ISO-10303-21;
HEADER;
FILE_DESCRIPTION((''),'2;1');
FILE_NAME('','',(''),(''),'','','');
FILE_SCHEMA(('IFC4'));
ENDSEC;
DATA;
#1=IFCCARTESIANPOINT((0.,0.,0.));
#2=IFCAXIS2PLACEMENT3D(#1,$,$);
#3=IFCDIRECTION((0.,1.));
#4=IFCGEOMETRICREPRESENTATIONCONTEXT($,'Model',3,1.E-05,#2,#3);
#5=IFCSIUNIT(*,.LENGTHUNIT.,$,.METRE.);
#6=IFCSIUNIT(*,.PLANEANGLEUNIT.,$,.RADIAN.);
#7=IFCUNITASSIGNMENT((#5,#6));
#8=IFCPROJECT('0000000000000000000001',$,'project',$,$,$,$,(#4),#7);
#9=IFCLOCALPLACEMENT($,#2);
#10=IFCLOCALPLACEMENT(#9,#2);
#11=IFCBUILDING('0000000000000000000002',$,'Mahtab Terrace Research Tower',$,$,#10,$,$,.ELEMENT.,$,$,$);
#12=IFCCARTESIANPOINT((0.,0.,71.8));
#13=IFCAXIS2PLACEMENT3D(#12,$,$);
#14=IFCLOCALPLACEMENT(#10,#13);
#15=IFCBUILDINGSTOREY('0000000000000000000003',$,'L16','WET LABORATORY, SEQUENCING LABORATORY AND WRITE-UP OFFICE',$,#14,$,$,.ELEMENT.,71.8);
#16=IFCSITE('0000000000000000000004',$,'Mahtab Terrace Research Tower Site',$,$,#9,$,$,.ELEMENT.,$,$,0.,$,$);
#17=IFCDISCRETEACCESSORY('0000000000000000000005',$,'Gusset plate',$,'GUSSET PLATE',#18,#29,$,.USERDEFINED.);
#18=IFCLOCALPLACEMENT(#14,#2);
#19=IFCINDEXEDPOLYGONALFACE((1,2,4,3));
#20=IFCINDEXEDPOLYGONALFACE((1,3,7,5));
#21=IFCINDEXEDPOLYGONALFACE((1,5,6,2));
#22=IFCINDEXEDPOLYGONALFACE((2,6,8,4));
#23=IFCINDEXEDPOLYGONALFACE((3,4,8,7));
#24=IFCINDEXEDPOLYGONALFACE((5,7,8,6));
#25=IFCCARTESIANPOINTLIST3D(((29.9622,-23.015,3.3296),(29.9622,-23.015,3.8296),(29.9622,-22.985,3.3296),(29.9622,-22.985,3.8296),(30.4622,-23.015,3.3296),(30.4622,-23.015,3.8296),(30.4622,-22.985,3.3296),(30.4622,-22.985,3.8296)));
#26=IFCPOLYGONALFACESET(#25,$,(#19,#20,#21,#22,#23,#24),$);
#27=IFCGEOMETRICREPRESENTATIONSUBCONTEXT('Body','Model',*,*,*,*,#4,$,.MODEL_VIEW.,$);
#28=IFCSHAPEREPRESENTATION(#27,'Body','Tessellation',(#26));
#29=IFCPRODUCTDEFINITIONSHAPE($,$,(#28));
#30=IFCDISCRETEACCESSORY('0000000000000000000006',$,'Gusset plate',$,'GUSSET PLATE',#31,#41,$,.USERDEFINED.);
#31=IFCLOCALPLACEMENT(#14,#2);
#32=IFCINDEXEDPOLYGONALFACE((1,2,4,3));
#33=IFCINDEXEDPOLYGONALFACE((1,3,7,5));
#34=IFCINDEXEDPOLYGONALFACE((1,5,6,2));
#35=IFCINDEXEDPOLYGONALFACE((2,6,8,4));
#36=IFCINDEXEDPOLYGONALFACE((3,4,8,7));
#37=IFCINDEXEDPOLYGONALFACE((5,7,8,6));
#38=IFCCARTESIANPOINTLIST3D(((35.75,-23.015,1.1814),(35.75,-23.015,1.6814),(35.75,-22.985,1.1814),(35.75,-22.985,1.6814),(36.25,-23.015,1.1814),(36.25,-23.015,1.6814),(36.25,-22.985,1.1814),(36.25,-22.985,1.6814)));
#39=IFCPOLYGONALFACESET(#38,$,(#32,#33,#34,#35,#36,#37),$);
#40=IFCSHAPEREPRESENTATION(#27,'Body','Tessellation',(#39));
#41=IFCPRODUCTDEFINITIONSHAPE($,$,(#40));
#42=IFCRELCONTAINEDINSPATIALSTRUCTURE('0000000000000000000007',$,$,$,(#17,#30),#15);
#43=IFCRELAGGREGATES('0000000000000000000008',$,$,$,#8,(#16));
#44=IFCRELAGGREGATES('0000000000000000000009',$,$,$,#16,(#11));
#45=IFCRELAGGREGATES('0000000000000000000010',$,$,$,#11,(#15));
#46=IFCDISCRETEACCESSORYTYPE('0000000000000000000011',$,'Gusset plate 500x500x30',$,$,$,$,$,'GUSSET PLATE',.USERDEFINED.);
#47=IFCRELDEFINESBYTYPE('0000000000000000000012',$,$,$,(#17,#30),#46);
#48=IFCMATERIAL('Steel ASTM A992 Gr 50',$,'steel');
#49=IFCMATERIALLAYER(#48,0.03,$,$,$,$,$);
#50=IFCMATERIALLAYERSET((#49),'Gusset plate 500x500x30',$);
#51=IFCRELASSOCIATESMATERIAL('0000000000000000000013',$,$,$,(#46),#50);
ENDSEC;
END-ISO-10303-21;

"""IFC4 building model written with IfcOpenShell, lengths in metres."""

from ifc_helpers import new_model, si_unit, direction, frame, origin, origin_2d, place, context, subcontext, project, spatial, rectangle, extrude, material, layer, layer_set, type_object, element, save


model = new_model("IFC4")

# Units and contexts
model_context = context("Model", 3, precision=1e-05, world=origin(), true_north=direction((0.0, 1.0)))
body_context = subcontext(model_context, "Body", "Model", "MODEL_VIEW")
ifc_project = project(units=[si_unit("LENGTHUNIT", "METRE"), si_unit("PLANEANGLEUNIT", "RADIAN")], contexts=[model_context])

# Site, building, storey
site_placement = place(None, origin())
site = spatial("IfcSite", under=ifc_project, at=site_placement, Name="Mahtab Terrace Research Tower Site", CompositionType="ELEMENT", RefElevation=0.0)
building_placement = place(site_placement, origin())
building = spatial("IfcBuilding", under=site, at=building_placement, Name="Mahtab Terrace Research Tower", CompositionType="ELEMENT")
storey_placement = place(building_placement, frame((0.0, 0.0, 71.8)))
storey = spatial("IfcBuildingStorey", under=building, at=storey_placement, Name="L16", Description="WET LABORATORY, SEQUENCING LABORATORY AND WRITE-UP OFFICE", CompositionType="ELEMENT", Elevation=71.8)

# Shared definitions
ifc_material_1 = material(Name="Steel ASTM A992 Gr 50", Category="steel")

# Discrete accessories
ifc_layer_1 = layer(ifc_material_1, 0.03)
ifc_layer_set_1 = layer_set([ifc_layer_1], Name="Gusset plate 500x500x30")
discrete_accessory_type = type_object("IfcDiscreteAccessoryType", Name="Gusset plate 500x500x30", ElementType="GUSSET PLATE", PredefinedType="USERDEFINED", material=ifc_layer_set_1)
for number, where, z_axis, x_axis, name in (
    (1, (30.2122, -23.0, 3.3296), (0.0, 0.0, 1.0), (1.0, 0.0, 0.0), "Gusset plate"),
    (2, (36.0, -23.0, 1.1814), (0.0, 0.0, 1.0), (1.0, 0.0, 0.0), "Gusset plate"),
):
    element("IfcDiscreteAccessory", number, at=place(storey_placement, frame(where, z_axis=z_axis, x_axis=x_axis)), inside=storey, type_object=discrete_accessory_type, Name=name, ObjectType="GUSSET PLATE", PredefinedType="USERDEFINED", context=body_context, shape_type="SweptSolid", body=[
        extrude(rectangle(XDim=0.5, YDim=0.03, at=origin_2d()), origin(), (0.0, 0.0, 1.0), 0.5),
    ])

save(model, "model.ifc")
